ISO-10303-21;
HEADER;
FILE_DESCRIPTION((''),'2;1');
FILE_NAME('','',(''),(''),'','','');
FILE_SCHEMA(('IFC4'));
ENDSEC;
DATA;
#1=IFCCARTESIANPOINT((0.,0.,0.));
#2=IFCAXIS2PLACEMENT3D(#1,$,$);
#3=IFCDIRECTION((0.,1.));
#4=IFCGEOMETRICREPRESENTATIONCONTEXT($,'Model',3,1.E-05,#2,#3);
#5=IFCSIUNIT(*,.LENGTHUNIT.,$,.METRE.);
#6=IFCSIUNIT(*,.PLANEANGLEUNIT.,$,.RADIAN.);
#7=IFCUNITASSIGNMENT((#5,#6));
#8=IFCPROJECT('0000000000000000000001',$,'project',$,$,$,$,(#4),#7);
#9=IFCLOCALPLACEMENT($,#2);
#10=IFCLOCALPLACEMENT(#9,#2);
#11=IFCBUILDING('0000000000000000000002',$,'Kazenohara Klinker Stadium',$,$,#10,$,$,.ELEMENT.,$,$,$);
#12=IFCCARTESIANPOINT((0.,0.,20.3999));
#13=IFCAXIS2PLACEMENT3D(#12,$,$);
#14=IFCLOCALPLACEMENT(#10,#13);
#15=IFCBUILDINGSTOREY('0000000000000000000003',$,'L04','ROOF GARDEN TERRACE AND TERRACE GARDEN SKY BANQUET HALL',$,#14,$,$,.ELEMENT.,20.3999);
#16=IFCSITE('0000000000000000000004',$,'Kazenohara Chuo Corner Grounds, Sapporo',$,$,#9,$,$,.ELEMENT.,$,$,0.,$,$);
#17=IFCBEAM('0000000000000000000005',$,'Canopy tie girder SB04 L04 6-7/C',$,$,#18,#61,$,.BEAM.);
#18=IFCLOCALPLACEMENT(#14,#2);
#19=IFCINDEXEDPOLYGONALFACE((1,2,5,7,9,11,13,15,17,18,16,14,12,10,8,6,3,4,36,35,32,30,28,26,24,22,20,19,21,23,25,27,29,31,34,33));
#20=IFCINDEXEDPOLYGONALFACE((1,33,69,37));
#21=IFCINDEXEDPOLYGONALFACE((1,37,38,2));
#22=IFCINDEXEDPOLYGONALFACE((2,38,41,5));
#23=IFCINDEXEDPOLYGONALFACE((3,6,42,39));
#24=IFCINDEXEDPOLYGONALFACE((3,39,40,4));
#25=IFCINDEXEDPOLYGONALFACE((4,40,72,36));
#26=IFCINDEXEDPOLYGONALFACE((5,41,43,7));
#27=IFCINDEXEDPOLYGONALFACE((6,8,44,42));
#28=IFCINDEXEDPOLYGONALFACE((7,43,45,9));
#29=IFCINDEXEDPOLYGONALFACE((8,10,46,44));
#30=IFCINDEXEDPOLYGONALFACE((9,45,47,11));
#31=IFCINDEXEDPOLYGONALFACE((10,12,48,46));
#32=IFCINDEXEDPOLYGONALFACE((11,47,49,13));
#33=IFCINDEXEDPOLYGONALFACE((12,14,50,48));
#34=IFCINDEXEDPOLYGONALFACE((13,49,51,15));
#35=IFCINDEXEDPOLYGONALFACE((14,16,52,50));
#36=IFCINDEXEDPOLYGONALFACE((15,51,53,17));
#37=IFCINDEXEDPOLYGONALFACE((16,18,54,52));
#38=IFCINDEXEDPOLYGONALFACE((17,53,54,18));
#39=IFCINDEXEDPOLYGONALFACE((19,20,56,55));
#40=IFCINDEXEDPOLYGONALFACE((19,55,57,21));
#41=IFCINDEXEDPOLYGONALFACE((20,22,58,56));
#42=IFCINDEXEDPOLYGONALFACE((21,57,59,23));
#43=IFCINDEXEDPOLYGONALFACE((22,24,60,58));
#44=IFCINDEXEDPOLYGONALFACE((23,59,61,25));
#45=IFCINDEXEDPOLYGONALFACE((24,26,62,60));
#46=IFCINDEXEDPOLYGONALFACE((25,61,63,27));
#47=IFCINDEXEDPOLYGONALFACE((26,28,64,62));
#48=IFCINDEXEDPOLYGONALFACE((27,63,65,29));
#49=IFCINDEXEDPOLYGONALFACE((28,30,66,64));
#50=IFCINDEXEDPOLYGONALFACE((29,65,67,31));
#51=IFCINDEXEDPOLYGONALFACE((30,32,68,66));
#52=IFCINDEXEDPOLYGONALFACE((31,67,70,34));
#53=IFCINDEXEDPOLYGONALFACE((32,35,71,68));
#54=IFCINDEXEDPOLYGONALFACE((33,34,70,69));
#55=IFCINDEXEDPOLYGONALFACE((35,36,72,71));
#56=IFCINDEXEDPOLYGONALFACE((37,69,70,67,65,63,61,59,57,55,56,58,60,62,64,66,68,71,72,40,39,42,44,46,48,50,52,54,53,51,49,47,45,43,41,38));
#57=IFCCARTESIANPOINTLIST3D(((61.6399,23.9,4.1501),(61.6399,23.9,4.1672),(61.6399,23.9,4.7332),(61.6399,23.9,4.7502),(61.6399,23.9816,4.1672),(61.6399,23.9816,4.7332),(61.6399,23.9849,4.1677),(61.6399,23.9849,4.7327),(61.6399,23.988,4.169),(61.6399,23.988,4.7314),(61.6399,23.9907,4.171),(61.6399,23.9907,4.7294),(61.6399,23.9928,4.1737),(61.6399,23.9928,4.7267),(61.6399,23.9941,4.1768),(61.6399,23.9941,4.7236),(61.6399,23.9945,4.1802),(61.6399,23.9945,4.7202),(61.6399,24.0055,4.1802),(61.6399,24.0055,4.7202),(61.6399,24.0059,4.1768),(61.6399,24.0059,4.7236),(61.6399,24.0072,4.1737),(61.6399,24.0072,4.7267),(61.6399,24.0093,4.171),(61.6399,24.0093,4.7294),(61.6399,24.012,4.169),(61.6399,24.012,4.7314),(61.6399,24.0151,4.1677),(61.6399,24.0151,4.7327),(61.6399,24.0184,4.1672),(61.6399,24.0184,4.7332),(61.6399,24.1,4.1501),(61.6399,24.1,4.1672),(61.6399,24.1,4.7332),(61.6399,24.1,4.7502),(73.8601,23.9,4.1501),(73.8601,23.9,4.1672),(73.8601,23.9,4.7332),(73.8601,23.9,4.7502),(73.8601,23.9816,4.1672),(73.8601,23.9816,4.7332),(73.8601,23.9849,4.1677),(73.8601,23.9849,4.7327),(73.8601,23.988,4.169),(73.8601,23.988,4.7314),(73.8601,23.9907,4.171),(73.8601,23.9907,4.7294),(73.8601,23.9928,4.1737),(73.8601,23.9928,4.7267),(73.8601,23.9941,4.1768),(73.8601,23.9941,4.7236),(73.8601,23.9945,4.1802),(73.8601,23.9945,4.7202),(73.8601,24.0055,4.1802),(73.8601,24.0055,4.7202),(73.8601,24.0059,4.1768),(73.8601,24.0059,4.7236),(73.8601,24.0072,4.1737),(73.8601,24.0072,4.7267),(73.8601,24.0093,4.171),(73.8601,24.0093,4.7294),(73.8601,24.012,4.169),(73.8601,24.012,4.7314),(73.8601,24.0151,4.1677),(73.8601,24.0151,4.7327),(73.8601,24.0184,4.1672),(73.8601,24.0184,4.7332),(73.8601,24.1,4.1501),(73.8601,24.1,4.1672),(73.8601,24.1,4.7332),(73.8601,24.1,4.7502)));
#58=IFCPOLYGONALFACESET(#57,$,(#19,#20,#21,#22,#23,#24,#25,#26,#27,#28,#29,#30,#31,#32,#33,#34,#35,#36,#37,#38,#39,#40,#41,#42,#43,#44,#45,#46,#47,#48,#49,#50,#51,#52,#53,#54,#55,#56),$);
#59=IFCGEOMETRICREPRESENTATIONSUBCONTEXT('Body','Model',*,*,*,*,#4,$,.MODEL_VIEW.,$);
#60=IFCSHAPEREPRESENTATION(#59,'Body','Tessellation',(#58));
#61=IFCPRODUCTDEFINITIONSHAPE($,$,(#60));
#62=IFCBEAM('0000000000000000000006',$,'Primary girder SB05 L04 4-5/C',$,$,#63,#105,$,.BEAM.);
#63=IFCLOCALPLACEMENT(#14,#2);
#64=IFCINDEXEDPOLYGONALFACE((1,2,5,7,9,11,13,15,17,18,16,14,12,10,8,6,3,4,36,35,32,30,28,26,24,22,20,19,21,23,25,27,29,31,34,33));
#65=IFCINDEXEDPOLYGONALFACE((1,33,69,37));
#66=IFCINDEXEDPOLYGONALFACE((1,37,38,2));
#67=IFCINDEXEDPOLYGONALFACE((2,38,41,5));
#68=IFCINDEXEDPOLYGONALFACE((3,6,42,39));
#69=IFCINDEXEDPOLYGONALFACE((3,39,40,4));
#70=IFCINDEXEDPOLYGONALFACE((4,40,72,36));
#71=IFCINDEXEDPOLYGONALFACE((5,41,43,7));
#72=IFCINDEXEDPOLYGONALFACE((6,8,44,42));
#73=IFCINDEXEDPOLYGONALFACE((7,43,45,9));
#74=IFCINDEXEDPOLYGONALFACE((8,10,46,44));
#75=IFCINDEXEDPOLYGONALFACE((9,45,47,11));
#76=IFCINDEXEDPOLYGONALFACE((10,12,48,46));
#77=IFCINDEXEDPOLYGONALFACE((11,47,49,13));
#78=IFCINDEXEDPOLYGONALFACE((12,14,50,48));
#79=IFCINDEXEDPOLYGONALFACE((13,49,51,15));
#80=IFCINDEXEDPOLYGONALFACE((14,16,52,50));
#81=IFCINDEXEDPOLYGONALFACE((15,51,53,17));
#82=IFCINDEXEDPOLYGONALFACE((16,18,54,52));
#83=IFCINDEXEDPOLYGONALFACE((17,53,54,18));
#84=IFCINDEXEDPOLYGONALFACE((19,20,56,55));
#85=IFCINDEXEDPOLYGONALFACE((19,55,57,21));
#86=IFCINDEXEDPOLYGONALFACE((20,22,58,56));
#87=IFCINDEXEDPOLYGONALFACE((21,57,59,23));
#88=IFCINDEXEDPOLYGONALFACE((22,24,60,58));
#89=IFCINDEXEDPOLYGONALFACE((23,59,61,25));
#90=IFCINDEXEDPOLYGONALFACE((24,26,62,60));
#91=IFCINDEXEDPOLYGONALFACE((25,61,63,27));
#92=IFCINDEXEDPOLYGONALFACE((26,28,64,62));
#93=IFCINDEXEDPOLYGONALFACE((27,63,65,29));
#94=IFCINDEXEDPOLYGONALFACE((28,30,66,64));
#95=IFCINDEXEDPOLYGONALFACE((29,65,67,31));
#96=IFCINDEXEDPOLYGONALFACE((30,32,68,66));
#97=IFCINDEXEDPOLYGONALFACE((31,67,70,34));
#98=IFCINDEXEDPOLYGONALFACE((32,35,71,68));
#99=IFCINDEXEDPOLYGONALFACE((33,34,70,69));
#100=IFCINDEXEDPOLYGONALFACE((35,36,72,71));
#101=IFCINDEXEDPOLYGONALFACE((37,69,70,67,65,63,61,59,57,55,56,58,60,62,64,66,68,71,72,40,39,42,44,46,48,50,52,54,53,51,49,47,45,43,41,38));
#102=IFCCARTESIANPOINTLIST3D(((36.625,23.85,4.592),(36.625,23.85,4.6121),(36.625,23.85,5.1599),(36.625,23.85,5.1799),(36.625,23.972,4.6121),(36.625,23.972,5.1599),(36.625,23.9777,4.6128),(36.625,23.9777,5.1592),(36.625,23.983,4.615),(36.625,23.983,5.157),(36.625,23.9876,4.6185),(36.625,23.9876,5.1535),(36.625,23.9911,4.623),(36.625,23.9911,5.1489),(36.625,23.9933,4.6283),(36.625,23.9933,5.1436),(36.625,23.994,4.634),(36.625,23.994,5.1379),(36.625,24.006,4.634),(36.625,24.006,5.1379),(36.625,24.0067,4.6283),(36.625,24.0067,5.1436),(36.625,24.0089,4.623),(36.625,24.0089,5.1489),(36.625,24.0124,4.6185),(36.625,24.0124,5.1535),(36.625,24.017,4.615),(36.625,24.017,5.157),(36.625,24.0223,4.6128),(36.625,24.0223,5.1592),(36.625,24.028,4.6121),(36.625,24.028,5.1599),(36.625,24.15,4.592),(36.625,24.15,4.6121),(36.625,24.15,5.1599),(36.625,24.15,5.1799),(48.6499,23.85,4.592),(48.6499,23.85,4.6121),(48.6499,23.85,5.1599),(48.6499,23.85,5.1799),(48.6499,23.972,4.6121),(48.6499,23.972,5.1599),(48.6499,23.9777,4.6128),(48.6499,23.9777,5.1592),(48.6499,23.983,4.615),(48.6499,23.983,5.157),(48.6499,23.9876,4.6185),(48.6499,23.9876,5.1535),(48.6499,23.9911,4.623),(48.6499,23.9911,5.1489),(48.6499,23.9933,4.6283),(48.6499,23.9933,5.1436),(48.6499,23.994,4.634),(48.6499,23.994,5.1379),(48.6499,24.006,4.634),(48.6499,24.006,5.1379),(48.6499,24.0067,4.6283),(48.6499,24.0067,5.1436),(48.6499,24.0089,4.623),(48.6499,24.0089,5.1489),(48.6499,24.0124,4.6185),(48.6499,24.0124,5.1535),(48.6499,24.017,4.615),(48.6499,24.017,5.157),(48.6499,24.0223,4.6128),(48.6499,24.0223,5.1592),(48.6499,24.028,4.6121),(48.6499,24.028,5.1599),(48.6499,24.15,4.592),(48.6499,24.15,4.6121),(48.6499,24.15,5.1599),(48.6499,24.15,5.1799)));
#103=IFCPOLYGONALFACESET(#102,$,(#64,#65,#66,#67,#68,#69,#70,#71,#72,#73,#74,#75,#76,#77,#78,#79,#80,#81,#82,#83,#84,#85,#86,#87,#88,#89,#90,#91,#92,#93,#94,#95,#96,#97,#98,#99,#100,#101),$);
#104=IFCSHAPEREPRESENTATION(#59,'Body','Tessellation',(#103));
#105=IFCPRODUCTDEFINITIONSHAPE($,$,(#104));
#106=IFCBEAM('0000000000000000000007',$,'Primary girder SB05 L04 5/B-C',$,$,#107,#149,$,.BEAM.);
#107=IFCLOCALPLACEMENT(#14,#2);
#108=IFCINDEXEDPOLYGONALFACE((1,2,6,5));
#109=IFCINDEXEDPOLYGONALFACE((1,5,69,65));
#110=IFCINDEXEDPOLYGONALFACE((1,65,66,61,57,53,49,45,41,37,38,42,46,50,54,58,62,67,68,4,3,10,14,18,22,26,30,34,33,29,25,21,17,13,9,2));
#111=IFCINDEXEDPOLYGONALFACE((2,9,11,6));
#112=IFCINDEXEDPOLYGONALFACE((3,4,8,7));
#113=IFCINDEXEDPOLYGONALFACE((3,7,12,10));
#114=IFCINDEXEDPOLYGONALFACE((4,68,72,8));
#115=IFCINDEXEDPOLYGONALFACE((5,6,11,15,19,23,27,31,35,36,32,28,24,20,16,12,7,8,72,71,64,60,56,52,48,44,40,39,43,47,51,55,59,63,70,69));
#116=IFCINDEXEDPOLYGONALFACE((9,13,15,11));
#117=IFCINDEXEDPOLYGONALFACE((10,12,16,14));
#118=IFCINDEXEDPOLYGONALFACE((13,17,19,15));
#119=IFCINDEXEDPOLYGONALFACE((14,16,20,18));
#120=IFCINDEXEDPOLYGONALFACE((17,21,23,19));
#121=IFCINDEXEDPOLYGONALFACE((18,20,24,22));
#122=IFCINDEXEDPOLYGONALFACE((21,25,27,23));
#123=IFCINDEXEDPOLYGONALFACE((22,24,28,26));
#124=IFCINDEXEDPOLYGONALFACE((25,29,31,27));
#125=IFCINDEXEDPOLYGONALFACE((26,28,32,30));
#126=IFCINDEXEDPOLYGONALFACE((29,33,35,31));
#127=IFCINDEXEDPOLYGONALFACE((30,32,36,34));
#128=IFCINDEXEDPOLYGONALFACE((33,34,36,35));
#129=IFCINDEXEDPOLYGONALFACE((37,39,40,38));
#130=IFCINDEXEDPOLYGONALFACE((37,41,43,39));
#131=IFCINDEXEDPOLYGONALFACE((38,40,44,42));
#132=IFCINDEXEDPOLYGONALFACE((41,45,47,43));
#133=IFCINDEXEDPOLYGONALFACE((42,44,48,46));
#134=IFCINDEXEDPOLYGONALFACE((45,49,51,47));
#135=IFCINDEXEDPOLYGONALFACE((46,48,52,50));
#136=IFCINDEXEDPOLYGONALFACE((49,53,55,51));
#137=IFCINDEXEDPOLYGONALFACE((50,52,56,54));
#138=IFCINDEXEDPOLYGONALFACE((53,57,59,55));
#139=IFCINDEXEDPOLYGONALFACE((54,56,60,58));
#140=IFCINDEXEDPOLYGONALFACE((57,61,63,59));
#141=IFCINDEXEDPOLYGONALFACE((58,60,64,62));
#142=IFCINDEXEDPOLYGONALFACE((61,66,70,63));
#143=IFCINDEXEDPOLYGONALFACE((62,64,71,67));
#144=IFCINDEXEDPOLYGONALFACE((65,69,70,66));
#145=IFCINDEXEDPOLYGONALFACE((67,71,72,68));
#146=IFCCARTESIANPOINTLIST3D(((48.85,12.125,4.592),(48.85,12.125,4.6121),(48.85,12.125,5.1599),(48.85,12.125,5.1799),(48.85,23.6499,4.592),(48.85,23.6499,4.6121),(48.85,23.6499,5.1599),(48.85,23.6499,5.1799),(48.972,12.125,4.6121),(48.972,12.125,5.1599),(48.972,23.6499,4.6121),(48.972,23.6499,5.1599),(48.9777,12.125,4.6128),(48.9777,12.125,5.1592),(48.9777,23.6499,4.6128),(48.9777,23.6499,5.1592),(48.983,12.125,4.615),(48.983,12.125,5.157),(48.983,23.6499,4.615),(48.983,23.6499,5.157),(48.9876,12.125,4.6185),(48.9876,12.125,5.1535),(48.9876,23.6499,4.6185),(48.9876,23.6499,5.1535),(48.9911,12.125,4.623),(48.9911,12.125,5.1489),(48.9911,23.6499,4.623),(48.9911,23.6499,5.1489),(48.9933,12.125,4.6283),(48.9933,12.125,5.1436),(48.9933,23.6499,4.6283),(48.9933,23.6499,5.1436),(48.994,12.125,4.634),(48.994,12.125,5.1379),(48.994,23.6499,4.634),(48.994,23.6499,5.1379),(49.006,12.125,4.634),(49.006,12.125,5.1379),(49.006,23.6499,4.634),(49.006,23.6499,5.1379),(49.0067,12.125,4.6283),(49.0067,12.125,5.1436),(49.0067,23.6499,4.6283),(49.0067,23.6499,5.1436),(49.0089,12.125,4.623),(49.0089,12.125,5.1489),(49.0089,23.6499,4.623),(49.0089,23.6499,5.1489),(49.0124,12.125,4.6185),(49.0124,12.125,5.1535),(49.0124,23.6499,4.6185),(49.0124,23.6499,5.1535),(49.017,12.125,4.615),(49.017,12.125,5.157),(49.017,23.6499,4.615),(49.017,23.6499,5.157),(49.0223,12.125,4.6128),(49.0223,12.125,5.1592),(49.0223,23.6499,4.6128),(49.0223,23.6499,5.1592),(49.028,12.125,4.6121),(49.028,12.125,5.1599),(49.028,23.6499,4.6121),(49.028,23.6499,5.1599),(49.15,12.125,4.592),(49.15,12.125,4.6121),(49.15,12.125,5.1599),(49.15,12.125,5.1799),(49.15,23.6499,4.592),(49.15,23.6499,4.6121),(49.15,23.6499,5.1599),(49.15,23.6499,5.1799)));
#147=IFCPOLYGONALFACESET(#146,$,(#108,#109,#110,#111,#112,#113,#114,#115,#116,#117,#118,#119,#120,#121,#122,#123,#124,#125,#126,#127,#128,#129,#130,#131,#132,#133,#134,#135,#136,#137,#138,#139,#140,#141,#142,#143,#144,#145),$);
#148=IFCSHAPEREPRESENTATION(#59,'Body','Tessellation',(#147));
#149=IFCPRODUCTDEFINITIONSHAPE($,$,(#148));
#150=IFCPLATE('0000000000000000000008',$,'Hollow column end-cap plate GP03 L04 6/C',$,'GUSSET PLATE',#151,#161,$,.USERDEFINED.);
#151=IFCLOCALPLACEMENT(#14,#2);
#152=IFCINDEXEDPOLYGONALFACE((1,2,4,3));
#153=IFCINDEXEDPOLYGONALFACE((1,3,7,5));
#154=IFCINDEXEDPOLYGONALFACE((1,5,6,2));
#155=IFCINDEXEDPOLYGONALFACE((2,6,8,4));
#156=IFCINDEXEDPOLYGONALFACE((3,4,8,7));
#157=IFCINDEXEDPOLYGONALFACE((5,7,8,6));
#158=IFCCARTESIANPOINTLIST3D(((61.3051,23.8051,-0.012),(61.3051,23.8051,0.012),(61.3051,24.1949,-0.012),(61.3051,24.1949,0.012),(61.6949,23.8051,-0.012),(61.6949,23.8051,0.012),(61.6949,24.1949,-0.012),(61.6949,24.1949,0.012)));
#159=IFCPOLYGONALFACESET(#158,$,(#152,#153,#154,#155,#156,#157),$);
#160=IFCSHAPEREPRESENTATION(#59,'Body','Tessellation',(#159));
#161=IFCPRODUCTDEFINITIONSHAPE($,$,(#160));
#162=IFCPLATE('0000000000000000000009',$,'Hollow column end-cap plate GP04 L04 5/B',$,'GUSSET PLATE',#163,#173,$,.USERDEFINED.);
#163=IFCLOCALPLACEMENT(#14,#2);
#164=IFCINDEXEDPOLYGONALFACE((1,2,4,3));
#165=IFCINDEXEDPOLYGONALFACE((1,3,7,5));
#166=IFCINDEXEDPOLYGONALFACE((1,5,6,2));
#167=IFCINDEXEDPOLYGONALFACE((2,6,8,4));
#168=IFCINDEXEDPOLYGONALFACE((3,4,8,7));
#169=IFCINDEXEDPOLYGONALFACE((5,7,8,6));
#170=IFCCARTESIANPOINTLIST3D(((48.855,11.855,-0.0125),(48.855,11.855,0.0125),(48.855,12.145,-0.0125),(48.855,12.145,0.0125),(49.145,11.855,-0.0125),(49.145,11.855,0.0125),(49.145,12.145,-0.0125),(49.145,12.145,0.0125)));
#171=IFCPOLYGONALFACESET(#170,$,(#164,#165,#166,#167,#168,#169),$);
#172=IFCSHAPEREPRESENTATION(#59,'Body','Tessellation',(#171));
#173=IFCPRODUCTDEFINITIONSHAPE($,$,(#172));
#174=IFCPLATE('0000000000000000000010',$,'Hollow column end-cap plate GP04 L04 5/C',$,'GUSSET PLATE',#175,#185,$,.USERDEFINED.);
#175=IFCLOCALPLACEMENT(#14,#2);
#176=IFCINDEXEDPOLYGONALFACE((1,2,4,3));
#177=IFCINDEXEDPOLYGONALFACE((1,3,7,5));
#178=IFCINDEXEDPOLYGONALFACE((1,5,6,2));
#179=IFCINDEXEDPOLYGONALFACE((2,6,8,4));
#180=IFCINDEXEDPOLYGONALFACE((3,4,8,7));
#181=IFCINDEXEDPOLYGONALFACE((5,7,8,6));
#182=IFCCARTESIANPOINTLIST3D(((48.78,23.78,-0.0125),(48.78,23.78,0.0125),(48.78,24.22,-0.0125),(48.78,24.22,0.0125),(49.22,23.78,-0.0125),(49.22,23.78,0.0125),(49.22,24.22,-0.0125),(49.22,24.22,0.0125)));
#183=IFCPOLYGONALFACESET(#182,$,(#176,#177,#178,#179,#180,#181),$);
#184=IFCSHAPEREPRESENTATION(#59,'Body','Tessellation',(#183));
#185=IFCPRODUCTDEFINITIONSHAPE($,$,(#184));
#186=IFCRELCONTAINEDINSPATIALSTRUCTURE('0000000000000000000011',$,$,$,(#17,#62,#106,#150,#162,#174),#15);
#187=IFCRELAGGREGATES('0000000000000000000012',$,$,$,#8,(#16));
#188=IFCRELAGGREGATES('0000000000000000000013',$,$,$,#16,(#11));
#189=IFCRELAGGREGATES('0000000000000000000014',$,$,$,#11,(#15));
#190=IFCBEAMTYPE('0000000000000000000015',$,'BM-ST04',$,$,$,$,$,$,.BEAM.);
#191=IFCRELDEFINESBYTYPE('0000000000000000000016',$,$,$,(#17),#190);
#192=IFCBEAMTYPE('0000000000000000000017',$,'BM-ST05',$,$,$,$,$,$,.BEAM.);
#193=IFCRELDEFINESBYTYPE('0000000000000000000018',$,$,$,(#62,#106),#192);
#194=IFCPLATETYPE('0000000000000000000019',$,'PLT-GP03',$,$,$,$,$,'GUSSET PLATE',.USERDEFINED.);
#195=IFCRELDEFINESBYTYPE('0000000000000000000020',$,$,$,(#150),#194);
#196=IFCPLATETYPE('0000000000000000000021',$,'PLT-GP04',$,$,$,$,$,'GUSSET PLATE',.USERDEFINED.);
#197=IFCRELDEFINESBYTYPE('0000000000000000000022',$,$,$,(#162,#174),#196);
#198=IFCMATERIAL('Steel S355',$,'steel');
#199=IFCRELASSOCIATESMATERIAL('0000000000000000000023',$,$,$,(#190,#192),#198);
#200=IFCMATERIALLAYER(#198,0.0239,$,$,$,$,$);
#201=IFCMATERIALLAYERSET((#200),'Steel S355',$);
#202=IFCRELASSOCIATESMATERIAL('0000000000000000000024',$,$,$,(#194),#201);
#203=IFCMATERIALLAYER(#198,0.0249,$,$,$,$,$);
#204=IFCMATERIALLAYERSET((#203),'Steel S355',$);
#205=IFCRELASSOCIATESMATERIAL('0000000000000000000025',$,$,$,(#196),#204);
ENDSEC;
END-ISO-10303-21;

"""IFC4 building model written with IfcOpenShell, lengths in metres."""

from ifc_helpers import new_model, si_unit, direction, frame, origin, origin_2d, place, context, subcontext, project, spatial, rectangle, i_section, extrude, material, layer, layer_set, material_profile, profile_set, type_object, element, save


model = new_model("IFC4")

# Units and contexts
model_context = context("Model", 3, precision=1e-05, world=origin(), true_north=direction((0.0, 1.0)))
body_context = subcontext(model_context, "Body", "Model", "MODEL_VIEW")
ifc_project = project(units=[si_unit("LENGTHUNIT", "METRE"), si_unit("PLANEANGLEUNIT", "RADIAN")], contexts=[model_context])

# Site, building, storey
site_placement = place(None, origin())
site = spatial("IfcSite", under=ifc_project, at=site_placement, Name="Kazenohara Chuo Corner Grounds, Sapporo", CompositionType="ELEMENT", RefElevation=0.0)
building_placement = place(site_placement, origin())
building = spatial("IfcBuilding", under=site, at=building_placement, Name="Kazenohara Klinker Stadium", CompositionType="ELEMENT")
storey_placement = place(building_placement, frame((0.0, 0.0, 20.3999)))
storey = spatial("IfcBuildingStorey", under=building, at=storey_placement, Name="L04", Description="ROOF GARDEN TERRACE AND TERRACE GARDEN SKY BANQUET HALL", CompositionType="ELEMENT", Elevation=20.3999)

# Shared definitions
ifc_material_1 = material(Name="Steel S355", Category="steel")

# Beams
ifc_material_profile_1 = material_profile(ifc_material_1, i_section(OverallWidth=0.2, OverallDepth=0.6001, WebThickness=0.011, FlangeThickness=0.0171, FilletRadius=0.0129, at=origin_2d()), Name="H-600x200x11x17")
ifc_profile_set_1 = profile_set([ifc_material_profile_1], Name="Steel S355")
beam_type_1 = type_object("IfcBeamType", Name="BM-ST04", PredefinedType="BEAM", material=ifc_profile_set_1)
for number, where, z_axis, x_axis, name in (
    (1, (61.6399, 24.0, 4.4502), (1.0, 0.0, 0.0), (0.0, 1.0, 0.0), "Canopy tie girder SB04 L04 6-7/C"),
):
    element("IfcBeam", number, at=place(storey_placement, frame(where, z_axis=z_axis, x_axis=x_axis)), inside=storey, type_object=beam_type_1, Name=name, PredefinedType="BEAM", context=body_context, shape_type="SweptSolid", body=[
        extrude(i_section(OverallWidth=0.2, OverallDepth=0.6001, WebThickness=0.011, FlangeThickness=0.0171, FilletRadius=0.0129, at=origin_2d()), origin(), (0.0, 0.0, 1.0), 12.2202),
    ])
ifc_material_profile_2 = material_profile(ifc_material_1, i_section(OverallWidth=0.3, OverallDepth=0.5879, WebThickness=0.012, FlangeThickness=0.02, FilletRadius=0.022, at=origin_2d()), Name="H-588x300x12x20")
ifc_profile_set_2 = profile_set([ifc_material_profile_2], Name="Steel S355")
beam_type_2 = type_object("IfcBeamType", Name="BM-ST05", PredefinedType="BEAM", material=ifc_profile_set_2)
beam_1_placement = place(storey_placement, frame((36.625, 24.0, 4.886), z_axis=(1.0, 0.0, 0.0), x_axis=(0.0, 1.0, 0.0)))
element("IfcBeam", 2, at=beam_1_placement, inside=storey, type_object=beam_type_2, Name="Primary girder SB05 L04 4-5/C", PredefinedType="BEAM", context=body_context, shape_type="SweptSolid", body=[
    extrude(i_section(OverallWidth=0.3, OverallDepth=0.5879, WebThickness=0.012, FlangeThickness=0.02, FilletRadius=0.022, at=origin_2d()), origin(), (0.0, 0.0, 1.0), 12.0249),
])
beam_2_placement = place(storey_placement, frame((49.0, 12.125, 4.886), z_axis=(0.0, 1.0, 0.0), x_axis=(-1.0, 0.0, 0.0)))
element("IfcBeam", 3, at=beam_2_placement, inside=storey, type_object=beam_type_2, Name="Primary girder SB05 L04 5/B-C", PredefinedType="BEAM", context=body_context, shape_type="SweptSolid", body=[
    extrude(i_section(OverallWidth=0.3, OverallDepth=0.5879, WebThickness=0.012, FlangeThickness=0.02, FilletRadius=0.022, at=origin_2d()), origin(), (0.0, 0.0, 1.0), 11.5249),
])

# Plates
ifc_layer_1 = layer(ifc_material_1, 0.0239)
ifc_layer_set_1 = layer_set([ifc_layer_1], Name="Steel S355")
plate_type_1 = type_object("IfcPlateType", Name="PLT-GP03", ElementType="GUSSET PLATE", PredefinedType="USERDEFINED", material=ifc_layer_set_1)
plate_1_placement = place(storey_placement, frame((61.5, 24.0, -0.012), z_axis=(0.0, 0.0, 1.0), x_axis=(1.0, 0.0, 0.0)))
element("IfcPlate", 4, at=plate_1_placement, inside=storey, type_object=plate_type_1, Name="Hollow column end-cap plate GP03 L04 6/C", ObjectType="GUSSET PLATE", PredefinedType="USERDEFINED", context=body_context, shape_type="SweptSolid", body=[
    extrude(rectangle(XDim=0.3899, YDim=0.3899, at=origin_2d()), origin(), (0.0, 0.0, 1.0), 0.0239),
])
ifc_layer_2 = layer(ifc_material_1, 0.0249)
ifc_layer_set_2 = layer_set([ifc_layer_2], Name="Steel S355")
plate_type_2 = type_object("IfcPlateType", Name="PLT-GP04", ElementType="GUSSET PLATE", PredefinedType="USERDEFINED", material=ifc_layer_set_2)
plate_2_placement = place(storey_placement, frame((49.0, 12.0, -0.0125), z_axis=(0.0, 0.0, 1.0), x_axis=(1.0, 0.0, 0.0)))
element("IfcPlate", 5, at=plate_2_placement, inside=storey, type_object=plate_type_2, Name="Hollow column end-cap plate GP04 L04 5/B", ObjectType="GUSSET PLATE", PredefinedType="USERDEFINED", context=body_context, shape_type="SweptSolid", body=[
    extrude(rectangle(XDim=0.29, YDim=0.29, at=origin_2d()), origin(), (0.0, 0.0, 1.0), 0.0249),
])
plate_3_placement = place(storey_placement, frame((49.0, 24.0, -0.0125), z_axis=(0.0, 0.0, 1.0), x_axis=(1.0, 0.0, 0.0)))
element("IfcPlate", 6, at=plate_3_placement, inside=storey, type_object=plate_type_2, Name="Hollow column end-cap plate GP04 L04 5/C", ObjectType="GUSSET PLATE", PredefinedType="USERDEFINED", context=body_context, shape_type="SweptSolid", body=[
    extrude(rectangle(XDim=0.4399, YDim=0.4399, at=origin_2d()), origin(), (0.0, 0.0, 1.0), 0.0249),
])

save(model, "model.ifc")
